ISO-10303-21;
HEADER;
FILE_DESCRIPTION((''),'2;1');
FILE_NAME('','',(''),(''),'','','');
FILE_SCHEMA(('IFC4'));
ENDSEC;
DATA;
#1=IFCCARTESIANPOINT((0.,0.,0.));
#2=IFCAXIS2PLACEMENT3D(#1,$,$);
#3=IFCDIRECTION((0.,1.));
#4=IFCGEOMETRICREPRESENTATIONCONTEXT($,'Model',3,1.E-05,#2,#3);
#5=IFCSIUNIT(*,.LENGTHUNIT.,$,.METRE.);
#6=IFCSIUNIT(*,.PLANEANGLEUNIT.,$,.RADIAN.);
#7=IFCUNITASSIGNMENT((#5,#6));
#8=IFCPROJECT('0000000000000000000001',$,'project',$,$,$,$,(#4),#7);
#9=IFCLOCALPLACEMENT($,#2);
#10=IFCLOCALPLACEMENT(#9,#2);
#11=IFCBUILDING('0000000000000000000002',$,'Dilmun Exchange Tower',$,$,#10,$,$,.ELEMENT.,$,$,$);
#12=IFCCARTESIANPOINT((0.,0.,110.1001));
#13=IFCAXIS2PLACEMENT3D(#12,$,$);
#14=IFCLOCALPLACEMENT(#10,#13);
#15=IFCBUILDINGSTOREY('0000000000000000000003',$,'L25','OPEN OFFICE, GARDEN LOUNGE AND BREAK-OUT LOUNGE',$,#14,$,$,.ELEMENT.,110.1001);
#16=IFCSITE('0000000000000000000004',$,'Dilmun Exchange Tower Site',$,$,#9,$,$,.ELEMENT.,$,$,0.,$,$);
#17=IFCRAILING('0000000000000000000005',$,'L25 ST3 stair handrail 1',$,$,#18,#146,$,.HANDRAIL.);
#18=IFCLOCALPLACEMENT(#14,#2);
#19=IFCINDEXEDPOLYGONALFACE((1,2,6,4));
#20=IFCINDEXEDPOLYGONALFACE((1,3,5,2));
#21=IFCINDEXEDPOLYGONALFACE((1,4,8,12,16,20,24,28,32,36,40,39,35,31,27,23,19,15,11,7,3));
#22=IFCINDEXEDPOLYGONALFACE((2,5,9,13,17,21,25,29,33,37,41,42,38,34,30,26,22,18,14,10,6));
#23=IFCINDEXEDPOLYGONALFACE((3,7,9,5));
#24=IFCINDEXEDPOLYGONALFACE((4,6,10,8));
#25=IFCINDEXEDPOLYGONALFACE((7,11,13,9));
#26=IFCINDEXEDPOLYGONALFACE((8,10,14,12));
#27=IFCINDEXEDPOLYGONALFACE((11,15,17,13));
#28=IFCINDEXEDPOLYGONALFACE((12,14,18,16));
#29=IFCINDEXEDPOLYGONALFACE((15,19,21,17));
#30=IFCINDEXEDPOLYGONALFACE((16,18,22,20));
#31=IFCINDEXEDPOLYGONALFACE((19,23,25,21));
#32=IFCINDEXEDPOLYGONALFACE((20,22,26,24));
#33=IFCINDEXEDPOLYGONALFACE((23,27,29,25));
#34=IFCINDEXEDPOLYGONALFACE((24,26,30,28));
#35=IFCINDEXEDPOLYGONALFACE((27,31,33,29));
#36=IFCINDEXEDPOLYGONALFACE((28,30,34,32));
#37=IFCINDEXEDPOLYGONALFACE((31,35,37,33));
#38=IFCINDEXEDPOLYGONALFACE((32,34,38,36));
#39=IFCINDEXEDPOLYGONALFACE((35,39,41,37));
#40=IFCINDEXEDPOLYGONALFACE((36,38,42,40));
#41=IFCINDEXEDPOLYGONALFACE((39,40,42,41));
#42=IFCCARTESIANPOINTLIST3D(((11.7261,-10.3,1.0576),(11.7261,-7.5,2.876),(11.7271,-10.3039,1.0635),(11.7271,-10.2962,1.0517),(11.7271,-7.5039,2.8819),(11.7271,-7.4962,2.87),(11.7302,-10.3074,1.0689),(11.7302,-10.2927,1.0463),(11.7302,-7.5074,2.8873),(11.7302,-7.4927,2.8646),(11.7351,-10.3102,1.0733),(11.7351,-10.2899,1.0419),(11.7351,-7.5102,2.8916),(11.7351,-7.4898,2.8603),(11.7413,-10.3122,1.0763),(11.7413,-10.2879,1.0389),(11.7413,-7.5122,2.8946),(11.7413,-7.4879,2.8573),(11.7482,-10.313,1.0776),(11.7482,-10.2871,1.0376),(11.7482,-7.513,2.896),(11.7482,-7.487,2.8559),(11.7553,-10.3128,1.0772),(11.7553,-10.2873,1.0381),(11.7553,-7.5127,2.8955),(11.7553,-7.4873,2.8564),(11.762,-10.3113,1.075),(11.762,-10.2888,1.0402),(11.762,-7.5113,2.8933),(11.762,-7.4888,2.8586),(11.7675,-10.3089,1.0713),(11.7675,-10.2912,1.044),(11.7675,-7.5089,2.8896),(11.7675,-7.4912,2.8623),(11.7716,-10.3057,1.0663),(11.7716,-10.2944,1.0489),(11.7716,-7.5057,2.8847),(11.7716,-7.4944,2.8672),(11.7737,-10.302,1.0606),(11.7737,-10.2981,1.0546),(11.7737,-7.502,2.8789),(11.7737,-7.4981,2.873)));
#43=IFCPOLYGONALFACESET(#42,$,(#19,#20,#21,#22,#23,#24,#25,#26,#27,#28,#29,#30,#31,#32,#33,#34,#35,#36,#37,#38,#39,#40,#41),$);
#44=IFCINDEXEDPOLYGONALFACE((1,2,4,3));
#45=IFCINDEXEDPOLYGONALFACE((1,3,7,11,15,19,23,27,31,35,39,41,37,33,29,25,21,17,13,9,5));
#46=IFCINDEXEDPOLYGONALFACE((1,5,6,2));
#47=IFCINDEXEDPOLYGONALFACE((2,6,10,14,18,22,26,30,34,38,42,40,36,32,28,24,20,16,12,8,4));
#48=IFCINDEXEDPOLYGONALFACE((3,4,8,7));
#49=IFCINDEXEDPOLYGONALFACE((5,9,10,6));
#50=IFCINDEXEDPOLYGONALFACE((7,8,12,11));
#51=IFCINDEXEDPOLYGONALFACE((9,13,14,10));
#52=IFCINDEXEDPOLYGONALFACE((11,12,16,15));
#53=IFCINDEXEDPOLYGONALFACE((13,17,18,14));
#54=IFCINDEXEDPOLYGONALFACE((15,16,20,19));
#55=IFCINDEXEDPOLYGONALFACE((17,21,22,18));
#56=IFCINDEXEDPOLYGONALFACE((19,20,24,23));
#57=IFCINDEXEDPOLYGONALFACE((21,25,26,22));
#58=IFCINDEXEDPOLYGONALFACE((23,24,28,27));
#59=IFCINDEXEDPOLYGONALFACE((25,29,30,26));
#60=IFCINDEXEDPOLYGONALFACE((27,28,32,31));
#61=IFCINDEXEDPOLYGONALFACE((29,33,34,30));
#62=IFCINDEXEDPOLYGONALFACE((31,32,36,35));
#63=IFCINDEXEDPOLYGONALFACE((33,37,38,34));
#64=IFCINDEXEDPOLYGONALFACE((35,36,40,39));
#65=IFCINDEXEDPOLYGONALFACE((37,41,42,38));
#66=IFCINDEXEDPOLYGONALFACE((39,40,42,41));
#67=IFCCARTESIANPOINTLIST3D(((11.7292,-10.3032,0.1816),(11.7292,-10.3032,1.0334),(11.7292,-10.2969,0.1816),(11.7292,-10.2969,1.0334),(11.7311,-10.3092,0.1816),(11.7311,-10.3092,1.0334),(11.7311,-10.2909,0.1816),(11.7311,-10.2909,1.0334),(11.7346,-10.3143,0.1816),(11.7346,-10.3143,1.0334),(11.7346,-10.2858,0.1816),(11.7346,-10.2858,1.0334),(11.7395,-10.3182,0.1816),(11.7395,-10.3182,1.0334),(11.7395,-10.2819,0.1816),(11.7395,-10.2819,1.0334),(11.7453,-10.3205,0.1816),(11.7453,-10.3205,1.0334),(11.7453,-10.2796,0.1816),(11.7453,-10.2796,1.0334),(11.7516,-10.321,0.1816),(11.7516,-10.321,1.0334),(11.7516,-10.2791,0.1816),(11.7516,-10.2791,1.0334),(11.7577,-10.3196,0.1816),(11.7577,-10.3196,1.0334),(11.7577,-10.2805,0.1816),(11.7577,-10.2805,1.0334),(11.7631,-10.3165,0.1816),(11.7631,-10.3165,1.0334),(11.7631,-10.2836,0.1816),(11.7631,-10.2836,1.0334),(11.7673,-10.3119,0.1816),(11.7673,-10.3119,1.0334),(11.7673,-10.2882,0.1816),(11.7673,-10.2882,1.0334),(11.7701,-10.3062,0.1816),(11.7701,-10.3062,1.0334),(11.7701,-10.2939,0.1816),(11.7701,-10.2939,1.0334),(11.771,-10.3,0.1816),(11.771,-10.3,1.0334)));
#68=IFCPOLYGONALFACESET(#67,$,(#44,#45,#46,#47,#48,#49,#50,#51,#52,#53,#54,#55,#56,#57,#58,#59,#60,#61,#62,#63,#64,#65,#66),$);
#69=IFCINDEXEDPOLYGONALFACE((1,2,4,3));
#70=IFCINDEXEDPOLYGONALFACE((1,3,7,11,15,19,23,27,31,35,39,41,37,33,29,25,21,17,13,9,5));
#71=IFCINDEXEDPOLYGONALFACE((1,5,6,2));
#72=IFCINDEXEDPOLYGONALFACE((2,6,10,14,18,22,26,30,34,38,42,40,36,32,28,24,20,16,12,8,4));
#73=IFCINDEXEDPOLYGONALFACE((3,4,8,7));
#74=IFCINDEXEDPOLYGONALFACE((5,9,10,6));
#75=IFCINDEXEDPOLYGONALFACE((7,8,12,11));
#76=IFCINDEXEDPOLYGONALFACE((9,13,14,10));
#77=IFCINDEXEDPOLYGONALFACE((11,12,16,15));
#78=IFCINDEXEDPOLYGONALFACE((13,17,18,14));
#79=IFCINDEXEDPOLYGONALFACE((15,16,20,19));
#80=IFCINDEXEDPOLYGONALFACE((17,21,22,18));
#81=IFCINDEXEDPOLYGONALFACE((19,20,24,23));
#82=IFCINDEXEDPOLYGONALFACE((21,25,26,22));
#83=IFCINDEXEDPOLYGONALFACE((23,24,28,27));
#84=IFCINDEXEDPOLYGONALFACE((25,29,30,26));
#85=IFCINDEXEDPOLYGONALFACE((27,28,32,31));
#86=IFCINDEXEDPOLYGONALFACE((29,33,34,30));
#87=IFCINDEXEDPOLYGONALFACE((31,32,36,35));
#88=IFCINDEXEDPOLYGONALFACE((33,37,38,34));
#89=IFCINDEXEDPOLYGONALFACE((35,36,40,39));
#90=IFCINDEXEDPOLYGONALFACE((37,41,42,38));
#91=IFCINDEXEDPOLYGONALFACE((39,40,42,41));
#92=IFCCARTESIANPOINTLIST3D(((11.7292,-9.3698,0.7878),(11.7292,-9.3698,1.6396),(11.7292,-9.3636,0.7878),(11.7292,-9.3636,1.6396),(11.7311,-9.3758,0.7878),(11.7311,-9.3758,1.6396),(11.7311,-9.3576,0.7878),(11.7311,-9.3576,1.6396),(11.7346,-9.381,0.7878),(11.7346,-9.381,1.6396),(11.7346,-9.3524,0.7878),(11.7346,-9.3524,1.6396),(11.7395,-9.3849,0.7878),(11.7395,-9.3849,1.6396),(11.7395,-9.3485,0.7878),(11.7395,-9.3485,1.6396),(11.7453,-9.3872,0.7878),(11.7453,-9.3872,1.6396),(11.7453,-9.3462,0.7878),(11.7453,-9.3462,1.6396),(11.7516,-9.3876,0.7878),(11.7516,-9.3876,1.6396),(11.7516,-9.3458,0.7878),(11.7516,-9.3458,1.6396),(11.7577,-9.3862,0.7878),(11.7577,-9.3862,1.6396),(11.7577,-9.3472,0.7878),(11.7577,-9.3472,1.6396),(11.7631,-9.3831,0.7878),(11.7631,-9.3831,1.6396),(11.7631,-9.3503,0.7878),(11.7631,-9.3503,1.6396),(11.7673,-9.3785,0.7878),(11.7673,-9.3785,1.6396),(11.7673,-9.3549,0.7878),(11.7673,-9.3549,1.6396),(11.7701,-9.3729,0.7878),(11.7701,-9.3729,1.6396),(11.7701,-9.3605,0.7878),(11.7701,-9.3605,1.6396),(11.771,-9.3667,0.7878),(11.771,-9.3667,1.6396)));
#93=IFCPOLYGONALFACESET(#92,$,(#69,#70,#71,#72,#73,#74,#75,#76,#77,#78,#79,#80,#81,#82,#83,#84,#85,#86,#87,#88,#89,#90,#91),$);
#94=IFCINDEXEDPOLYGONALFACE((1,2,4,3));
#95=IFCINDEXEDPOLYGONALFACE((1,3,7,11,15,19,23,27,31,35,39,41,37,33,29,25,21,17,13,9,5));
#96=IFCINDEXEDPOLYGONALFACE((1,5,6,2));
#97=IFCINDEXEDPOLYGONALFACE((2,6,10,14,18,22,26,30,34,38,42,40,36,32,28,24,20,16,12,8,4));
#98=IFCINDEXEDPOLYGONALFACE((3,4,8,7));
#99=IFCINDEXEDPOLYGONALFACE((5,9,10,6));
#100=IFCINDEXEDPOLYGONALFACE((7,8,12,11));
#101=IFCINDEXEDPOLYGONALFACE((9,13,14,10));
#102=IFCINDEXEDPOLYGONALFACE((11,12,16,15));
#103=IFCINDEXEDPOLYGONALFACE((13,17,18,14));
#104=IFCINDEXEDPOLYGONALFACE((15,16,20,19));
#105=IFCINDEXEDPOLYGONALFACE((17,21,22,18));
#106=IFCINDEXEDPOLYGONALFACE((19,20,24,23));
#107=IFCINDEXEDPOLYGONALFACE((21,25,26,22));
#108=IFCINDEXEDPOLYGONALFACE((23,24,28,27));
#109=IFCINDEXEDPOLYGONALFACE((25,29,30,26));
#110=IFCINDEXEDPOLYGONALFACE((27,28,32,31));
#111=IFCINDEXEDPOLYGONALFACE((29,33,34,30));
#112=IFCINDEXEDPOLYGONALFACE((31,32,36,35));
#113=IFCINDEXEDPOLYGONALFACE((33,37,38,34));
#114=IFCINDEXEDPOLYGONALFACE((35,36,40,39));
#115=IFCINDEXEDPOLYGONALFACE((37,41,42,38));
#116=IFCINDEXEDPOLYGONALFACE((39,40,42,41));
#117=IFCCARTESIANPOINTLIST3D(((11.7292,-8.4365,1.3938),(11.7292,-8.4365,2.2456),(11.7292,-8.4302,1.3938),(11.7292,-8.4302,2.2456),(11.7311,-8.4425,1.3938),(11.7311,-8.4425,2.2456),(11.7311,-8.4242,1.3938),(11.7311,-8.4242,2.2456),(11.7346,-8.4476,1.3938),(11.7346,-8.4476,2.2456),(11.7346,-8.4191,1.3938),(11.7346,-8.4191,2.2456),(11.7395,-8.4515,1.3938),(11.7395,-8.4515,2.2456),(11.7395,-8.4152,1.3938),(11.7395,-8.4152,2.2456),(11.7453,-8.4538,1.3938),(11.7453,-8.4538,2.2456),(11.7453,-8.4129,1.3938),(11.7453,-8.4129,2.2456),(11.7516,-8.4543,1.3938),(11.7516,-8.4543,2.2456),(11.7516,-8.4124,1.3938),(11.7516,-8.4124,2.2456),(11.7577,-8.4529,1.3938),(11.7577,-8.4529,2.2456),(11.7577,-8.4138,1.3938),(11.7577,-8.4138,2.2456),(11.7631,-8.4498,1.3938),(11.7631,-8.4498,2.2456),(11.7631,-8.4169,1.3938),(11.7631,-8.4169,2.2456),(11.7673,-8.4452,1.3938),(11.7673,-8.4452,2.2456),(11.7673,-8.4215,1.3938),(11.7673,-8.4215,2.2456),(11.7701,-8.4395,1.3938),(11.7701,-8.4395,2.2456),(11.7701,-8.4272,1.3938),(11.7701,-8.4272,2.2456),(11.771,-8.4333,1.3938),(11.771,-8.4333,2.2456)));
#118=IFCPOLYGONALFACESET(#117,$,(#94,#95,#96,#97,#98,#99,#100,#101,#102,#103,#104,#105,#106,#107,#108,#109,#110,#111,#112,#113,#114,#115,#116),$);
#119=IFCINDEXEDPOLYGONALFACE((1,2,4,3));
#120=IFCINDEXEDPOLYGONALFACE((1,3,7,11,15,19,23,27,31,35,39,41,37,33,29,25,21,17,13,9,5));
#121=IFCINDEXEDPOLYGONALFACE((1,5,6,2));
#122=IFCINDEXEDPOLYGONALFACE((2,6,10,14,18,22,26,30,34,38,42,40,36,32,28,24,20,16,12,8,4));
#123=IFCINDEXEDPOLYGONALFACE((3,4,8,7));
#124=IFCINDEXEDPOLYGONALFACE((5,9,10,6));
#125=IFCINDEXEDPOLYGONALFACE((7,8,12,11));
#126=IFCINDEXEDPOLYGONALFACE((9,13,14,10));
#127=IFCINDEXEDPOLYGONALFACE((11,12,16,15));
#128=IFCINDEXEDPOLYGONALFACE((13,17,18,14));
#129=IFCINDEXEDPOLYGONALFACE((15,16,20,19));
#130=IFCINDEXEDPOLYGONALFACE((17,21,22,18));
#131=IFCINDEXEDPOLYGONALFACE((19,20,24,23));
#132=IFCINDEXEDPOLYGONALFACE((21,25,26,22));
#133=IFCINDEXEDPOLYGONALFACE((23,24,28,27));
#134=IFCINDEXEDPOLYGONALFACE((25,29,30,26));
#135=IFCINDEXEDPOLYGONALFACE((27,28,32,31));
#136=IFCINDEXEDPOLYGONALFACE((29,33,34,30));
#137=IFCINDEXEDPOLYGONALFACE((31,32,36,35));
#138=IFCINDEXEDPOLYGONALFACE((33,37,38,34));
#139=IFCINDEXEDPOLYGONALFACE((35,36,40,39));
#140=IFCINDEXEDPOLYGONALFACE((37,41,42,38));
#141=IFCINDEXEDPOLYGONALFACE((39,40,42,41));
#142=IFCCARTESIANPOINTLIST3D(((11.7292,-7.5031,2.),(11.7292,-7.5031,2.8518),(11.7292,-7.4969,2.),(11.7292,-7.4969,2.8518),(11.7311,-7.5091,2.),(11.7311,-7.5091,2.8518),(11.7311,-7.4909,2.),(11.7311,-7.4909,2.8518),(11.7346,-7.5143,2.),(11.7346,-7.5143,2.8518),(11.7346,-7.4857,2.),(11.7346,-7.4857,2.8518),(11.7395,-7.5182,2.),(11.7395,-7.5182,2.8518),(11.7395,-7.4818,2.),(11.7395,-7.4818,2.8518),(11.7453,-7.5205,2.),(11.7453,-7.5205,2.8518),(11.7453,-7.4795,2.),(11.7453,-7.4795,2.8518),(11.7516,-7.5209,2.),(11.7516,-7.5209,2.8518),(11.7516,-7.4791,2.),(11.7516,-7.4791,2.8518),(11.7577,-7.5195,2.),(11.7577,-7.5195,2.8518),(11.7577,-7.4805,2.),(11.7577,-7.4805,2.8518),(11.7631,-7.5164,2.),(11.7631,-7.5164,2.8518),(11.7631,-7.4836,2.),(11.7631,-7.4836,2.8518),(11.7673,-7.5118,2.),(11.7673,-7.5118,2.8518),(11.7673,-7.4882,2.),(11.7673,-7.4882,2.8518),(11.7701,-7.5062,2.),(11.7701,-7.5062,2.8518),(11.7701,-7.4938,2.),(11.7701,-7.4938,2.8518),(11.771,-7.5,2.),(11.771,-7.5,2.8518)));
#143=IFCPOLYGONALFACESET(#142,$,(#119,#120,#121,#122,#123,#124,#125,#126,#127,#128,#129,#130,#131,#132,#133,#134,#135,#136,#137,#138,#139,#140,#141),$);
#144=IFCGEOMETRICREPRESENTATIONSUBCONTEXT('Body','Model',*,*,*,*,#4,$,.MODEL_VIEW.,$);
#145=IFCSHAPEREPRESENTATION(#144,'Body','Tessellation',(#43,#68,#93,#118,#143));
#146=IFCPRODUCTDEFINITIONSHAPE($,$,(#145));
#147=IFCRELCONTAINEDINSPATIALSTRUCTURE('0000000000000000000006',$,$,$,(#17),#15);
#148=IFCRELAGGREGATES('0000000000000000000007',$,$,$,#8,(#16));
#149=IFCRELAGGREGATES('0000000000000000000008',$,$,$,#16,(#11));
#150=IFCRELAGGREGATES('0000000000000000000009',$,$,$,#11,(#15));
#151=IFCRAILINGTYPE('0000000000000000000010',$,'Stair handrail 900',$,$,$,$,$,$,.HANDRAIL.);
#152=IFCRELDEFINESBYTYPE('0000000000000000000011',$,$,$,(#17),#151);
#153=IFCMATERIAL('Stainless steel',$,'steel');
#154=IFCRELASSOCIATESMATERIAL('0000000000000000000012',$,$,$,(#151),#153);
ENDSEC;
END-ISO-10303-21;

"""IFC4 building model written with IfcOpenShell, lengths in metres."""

from ifc_helpers import new_model, si_unit, direction, frame, origin, origin_2d, place, context, subcontext, project, spatial, circle, extrude, material, type_object, element, save


model = new_model("IFC4")

# Units and contexts
model_context = context("Model", 3, precision=1e-05, world=origin(), true_north=direction((0.0, 1.0)))
body_context = subcontext(model_context, "Body", "Model", "MODEL_VIEW")
ifc_project = project(units=[si_unit("LENGTHUNIT", "METRE"), si_unit("PLANEANGLEUNIT", "RADIAN")], contexts=[model_context])

# Site, building, storey
site_placement = place(None, origin())
site = spatial("IfcSite", under=ifc_project, at=site_placement, Name="Dilmun Exchange Tower Site", CompositionType="ELEMENT", RefElevation=0.0)
building_placement = place(site_placement, origin())
building = spatial("IfcBuilding", under=site, at=building_placement, Name="Dilmun Exchange Tower", CompositionType="ELEMENT")
storey_placement = place(building_placement, frame((0.0, 0.0, 110.1001)))
storey = spatial("IfcBuildingStorey", under=building, at=storey_placement, Name="L25", Description="OPEN OFFICE, GARDEN LOUNGE AND BREAK-OUT LOUNGE", CompositionType="ELEMENT", Elevation=110.1001)

# Railing
ifc_material_1 = material(Name="Stainless steel", Category="steel")
railing_type = type_object("IfcRailingType", Name="Stair handrail 900", PredefinedType="HANDRAIL", material=ifc_material_1)
railing_placement = place(storey_placement, frame((11.75, -10.3, 0.1816)))
element("IfcRailing", 1, at=railing_placement, inside=storey, type_object=railing_type, Name="L25 ST3 stair handrail 1", PredefinedType="HANDRAIL", context=body_context, shape_type="SweptSolid", body=[
    extrude(circle(Radius=0.0239, at=origin_2d()), frame((0.0, 0.0, 0.876), z_axis=(0.0, 0.838672, 0.544636), x_axis=(-1.0, 0.0, 0.0)), (0.0, 0.0, 1.0), 3.3386),
    extrude(circle(Radius=0.021, at=origin_2d()), origin(), (0.0, 0.0, 1.0), 0.8518),
    extrude(circle(Radius=0.021, at=origin_2d()), frame((0.0, 0.9333, 0.6062)), (0.0, 0.0, 1.0), 0.8518),
    extrude(circle(Radius=0.021, at=origin_2d()), frame((0.0, 1.8667, 1.2122)), (0.0, 0.0, 1.0), 0.8518),
    extrude(circle(Radius=0.021, at=origin_2d()), frame((0.0, 2.8, 1.8184)), (0.0, 0.0, 1.0), 0.8518),
])

save(model, "model.ifc")
